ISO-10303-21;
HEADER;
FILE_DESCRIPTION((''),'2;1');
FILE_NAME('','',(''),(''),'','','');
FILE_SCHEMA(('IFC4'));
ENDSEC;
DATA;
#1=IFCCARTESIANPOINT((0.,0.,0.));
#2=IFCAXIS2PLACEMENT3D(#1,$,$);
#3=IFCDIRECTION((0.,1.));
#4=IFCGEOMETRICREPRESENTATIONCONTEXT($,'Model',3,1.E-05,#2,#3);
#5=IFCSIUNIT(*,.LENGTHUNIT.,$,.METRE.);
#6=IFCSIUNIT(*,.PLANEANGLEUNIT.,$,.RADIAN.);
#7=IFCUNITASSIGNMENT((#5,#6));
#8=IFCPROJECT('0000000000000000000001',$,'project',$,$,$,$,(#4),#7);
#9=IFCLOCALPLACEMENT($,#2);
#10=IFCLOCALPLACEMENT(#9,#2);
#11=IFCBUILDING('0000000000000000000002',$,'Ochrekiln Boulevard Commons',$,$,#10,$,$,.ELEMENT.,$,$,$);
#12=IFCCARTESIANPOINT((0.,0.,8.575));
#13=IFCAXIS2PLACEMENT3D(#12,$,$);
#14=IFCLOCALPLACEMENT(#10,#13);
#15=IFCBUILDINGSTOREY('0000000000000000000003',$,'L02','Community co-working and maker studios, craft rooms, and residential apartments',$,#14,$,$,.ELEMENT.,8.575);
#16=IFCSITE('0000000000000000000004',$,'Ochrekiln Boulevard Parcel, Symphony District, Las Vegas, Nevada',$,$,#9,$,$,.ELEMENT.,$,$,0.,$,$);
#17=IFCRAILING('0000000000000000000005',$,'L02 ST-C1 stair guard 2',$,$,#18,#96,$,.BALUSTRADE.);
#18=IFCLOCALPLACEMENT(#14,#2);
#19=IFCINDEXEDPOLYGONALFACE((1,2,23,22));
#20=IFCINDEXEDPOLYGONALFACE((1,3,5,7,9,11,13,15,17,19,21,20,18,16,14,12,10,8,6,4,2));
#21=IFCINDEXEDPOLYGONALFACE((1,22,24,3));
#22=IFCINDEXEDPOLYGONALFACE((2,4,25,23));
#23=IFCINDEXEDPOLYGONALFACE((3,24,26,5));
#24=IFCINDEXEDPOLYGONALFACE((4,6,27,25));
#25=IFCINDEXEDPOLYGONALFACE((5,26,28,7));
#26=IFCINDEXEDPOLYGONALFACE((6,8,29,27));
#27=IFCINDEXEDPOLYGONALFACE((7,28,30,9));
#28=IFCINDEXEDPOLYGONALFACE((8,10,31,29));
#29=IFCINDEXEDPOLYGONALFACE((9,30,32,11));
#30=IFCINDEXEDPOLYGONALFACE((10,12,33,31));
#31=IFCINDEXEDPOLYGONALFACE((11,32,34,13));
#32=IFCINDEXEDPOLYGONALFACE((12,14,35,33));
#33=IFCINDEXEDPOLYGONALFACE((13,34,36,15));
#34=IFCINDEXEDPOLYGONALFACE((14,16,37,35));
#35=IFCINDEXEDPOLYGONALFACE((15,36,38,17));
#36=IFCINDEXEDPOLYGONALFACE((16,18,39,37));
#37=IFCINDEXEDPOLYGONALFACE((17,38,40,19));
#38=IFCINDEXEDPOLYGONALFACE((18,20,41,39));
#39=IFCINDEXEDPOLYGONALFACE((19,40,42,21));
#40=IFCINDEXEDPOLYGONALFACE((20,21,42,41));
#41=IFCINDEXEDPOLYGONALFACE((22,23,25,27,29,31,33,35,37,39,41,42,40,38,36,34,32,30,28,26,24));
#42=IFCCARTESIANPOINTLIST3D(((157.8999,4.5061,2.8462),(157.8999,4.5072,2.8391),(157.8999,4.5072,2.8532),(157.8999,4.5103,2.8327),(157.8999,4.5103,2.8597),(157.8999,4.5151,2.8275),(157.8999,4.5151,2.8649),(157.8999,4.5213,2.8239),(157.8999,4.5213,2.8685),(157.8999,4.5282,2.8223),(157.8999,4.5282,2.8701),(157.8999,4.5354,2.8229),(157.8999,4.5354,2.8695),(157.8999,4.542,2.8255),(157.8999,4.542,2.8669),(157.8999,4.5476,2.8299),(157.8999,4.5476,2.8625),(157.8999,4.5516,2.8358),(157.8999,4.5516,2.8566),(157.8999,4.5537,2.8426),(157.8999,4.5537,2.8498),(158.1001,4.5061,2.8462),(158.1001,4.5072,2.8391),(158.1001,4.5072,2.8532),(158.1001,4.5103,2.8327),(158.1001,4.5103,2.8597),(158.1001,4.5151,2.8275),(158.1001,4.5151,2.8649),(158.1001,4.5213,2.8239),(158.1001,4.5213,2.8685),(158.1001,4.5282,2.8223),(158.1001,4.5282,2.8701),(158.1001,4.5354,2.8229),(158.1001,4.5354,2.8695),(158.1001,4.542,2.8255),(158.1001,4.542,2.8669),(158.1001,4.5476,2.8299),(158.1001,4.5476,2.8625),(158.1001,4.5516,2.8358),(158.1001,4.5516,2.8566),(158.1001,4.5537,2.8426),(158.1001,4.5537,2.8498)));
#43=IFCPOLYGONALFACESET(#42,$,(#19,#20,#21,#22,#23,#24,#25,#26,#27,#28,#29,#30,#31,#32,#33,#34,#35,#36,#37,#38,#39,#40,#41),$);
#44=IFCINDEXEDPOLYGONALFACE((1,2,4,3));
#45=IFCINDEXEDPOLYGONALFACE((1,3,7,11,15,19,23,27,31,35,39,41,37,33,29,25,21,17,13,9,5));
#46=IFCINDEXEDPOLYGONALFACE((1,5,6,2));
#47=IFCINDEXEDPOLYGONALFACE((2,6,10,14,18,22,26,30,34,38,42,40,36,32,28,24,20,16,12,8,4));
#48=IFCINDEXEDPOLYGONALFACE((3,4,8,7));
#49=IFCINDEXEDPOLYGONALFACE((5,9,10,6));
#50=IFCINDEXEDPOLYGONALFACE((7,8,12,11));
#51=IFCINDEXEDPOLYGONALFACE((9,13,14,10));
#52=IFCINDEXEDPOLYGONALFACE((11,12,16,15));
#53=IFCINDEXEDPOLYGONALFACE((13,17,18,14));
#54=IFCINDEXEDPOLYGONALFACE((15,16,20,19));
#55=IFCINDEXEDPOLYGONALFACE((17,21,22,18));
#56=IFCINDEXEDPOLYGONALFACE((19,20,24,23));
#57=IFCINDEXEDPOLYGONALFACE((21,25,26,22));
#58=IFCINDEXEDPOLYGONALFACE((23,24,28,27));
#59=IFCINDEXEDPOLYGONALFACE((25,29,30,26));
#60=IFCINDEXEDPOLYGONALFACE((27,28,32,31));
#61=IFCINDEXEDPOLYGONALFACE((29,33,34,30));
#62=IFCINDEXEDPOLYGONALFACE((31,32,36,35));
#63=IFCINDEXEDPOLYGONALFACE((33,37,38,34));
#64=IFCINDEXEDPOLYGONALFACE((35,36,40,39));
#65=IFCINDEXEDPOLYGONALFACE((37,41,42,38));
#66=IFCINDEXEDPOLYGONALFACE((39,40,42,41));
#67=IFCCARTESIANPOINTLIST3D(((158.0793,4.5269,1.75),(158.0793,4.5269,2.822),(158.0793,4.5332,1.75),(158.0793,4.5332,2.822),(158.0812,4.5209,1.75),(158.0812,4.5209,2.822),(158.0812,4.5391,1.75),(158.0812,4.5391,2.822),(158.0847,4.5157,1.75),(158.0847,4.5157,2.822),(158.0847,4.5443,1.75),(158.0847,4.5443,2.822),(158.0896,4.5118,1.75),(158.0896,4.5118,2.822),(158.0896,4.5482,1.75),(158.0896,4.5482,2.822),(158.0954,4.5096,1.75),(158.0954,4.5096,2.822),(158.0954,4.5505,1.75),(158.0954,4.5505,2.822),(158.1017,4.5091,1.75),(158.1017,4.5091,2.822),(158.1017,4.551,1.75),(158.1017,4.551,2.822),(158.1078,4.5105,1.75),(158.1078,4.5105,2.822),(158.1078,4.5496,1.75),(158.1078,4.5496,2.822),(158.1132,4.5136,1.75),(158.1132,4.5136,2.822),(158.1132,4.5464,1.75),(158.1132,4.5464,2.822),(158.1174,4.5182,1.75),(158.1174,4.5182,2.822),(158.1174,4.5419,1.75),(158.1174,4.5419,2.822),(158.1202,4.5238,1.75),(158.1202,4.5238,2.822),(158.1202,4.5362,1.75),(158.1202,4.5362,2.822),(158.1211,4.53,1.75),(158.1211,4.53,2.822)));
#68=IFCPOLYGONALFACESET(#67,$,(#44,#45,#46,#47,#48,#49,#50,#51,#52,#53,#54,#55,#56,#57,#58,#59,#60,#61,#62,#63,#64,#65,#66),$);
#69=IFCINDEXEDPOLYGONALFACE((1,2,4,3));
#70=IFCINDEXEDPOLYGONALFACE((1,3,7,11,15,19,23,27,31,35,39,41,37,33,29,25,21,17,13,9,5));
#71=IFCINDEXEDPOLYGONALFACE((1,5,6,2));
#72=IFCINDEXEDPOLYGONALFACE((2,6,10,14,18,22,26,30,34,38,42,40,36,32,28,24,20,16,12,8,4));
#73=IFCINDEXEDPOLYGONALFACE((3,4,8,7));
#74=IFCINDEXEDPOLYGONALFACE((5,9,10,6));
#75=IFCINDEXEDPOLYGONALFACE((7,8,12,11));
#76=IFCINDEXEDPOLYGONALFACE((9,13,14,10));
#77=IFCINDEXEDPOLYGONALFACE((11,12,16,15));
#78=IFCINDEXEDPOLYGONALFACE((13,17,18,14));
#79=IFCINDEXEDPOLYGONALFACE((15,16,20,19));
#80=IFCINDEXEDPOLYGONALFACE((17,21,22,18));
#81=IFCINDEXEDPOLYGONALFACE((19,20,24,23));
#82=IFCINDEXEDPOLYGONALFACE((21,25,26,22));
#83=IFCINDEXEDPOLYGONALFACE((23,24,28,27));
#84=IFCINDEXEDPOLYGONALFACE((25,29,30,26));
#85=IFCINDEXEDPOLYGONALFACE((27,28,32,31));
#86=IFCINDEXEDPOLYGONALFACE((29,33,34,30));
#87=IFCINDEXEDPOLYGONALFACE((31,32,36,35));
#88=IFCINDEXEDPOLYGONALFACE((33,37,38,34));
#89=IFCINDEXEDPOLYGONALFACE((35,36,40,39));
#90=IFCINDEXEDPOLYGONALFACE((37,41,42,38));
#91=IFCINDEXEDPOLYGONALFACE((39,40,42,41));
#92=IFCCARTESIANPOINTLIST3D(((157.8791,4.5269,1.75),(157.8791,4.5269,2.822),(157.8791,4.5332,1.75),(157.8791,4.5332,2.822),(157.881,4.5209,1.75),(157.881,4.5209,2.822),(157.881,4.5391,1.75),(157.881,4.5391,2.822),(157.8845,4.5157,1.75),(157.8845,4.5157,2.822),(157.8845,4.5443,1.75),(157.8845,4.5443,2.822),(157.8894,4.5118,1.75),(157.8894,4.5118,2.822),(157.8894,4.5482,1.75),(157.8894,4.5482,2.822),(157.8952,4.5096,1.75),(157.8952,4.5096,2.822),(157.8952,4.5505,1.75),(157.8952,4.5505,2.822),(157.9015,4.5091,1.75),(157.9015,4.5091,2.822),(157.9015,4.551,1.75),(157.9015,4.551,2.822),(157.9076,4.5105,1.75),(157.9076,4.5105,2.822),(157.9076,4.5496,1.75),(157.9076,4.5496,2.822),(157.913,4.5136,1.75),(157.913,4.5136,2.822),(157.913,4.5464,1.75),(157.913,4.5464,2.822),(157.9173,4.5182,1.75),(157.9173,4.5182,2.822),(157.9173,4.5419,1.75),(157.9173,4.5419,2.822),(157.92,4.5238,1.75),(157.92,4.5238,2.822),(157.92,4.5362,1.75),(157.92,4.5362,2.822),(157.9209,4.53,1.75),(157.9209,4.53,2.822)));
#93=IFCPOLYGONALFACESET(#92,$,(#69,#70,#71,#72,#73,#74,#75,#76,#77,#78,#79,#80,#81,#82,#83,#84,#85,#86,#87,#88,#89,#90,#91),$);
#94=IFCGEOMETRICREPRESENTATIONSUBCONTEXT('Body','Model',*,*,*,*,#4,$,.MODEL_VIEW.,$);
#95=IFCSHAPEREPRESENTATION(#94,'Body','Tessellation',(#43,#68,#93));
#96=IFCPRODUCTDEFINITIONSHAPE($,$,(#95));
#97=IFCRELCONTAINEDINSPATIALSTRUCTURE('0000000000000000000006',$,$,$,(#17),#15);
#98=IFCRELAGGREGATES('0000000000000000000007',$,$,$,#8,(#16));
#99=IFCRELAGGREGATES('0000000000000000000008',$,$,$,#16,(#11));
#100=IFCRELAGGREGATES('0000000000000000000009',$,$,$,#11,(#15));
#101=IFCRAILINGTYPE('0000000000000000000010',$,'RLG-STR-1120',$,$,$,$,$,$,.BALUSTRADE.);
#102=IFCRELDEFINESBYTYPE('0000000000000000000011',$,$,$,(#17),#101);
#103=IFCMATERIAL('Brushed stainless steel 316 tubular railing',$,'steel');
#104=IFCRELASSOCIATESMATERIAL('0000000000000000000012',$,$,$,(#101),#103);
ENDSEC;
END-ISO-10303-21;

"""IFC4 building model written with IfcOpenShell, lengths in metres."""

from ifc_helpers import new_model, si_unit, direction, frame, origin, origin_2d, place, context, subcontext, project, spatial, circle, extrude, material, type_object, element, save


model = new_model("IFC4")

# Units and contexts
model_context = context("Model", 3, precision=1e-05, world=origin(), true_north=direction((0.0, 1.0)))
body_context = subcontext(model_context, "Body", "Model", "MODEL_VIEW")
ifc_project = project(units=[si_unit("LENGTHUNIT", "METRE"), si_unit("PLANEANGLEUNIT", "RADIAN")], contexts=[model_context])

# Site, building, storey
site_placement = place(None, origin())
site = spatial("IfcSite", under=ifc_project, at=site_placement, Name="Ochrekiln Boulevard Parcel, Symphony District, Las Vegas, Nevada", CompositionType="ELEMENT", RefElevation=0.0)
building_placement = place(site_placement, origin())
building = spatial("IfcBuilding", under=site, at=building_placement, Name="Ochrekiln Boulevard Commons", CompositionType="ELEMENT")
storey_placement = place(building_placement, frame((0.0, 0.0, 8.575)))
storey = spatial("IfcBuildingStorey", under=building, at=storey_placement, Name="L02", Description="Community co-working and maker studios, craft rooms, and residential apartments", CompositionType="ELEMENT", Elevation=8.575)

# Railing
ifc_material_1 = material(Name="Brushed stainless steel 316 tubular railing", Category="steel")
railing_type_1 = type_object("IfcRailingType", Name="RLG-STR-1120", PredefinedType="BALUSTRADE", material=ifc_material_1)
railing_1_placement = place(storey_placement, frame((158.1001, 4.53, 1.75)))
element("IfcRailing", 1, at=railing_1_placement, inside=storey, type_object=railing_type_1, Name="L02 ST-C1 stair guard 2", PredefinedType="BALUSTRADE", context=body_context, shape_type="SweptSolid", body=[
    extrude(circle(Radius=0.0239, at=origin_2d()), frame((0.0, 0.0, 1.0962), z_axis=(-1.0, 0.0, 0.0), x_axis=(0.0, -1.0, 0.0)), (0.0, 0.0, 1.0), 0.2002),
    extrude(circle(Radius=0.021, at=origin_2d()), origin(), (0.0, 0.0, 1.0), 1.072),
    extrude(circle(Radius=0.021, at=origin_2d()), frame((-0.2002, 0.0, 0.0)), (0.0, 0.0, 1.0), 1.072),
])

save(model, "model.ifc")
